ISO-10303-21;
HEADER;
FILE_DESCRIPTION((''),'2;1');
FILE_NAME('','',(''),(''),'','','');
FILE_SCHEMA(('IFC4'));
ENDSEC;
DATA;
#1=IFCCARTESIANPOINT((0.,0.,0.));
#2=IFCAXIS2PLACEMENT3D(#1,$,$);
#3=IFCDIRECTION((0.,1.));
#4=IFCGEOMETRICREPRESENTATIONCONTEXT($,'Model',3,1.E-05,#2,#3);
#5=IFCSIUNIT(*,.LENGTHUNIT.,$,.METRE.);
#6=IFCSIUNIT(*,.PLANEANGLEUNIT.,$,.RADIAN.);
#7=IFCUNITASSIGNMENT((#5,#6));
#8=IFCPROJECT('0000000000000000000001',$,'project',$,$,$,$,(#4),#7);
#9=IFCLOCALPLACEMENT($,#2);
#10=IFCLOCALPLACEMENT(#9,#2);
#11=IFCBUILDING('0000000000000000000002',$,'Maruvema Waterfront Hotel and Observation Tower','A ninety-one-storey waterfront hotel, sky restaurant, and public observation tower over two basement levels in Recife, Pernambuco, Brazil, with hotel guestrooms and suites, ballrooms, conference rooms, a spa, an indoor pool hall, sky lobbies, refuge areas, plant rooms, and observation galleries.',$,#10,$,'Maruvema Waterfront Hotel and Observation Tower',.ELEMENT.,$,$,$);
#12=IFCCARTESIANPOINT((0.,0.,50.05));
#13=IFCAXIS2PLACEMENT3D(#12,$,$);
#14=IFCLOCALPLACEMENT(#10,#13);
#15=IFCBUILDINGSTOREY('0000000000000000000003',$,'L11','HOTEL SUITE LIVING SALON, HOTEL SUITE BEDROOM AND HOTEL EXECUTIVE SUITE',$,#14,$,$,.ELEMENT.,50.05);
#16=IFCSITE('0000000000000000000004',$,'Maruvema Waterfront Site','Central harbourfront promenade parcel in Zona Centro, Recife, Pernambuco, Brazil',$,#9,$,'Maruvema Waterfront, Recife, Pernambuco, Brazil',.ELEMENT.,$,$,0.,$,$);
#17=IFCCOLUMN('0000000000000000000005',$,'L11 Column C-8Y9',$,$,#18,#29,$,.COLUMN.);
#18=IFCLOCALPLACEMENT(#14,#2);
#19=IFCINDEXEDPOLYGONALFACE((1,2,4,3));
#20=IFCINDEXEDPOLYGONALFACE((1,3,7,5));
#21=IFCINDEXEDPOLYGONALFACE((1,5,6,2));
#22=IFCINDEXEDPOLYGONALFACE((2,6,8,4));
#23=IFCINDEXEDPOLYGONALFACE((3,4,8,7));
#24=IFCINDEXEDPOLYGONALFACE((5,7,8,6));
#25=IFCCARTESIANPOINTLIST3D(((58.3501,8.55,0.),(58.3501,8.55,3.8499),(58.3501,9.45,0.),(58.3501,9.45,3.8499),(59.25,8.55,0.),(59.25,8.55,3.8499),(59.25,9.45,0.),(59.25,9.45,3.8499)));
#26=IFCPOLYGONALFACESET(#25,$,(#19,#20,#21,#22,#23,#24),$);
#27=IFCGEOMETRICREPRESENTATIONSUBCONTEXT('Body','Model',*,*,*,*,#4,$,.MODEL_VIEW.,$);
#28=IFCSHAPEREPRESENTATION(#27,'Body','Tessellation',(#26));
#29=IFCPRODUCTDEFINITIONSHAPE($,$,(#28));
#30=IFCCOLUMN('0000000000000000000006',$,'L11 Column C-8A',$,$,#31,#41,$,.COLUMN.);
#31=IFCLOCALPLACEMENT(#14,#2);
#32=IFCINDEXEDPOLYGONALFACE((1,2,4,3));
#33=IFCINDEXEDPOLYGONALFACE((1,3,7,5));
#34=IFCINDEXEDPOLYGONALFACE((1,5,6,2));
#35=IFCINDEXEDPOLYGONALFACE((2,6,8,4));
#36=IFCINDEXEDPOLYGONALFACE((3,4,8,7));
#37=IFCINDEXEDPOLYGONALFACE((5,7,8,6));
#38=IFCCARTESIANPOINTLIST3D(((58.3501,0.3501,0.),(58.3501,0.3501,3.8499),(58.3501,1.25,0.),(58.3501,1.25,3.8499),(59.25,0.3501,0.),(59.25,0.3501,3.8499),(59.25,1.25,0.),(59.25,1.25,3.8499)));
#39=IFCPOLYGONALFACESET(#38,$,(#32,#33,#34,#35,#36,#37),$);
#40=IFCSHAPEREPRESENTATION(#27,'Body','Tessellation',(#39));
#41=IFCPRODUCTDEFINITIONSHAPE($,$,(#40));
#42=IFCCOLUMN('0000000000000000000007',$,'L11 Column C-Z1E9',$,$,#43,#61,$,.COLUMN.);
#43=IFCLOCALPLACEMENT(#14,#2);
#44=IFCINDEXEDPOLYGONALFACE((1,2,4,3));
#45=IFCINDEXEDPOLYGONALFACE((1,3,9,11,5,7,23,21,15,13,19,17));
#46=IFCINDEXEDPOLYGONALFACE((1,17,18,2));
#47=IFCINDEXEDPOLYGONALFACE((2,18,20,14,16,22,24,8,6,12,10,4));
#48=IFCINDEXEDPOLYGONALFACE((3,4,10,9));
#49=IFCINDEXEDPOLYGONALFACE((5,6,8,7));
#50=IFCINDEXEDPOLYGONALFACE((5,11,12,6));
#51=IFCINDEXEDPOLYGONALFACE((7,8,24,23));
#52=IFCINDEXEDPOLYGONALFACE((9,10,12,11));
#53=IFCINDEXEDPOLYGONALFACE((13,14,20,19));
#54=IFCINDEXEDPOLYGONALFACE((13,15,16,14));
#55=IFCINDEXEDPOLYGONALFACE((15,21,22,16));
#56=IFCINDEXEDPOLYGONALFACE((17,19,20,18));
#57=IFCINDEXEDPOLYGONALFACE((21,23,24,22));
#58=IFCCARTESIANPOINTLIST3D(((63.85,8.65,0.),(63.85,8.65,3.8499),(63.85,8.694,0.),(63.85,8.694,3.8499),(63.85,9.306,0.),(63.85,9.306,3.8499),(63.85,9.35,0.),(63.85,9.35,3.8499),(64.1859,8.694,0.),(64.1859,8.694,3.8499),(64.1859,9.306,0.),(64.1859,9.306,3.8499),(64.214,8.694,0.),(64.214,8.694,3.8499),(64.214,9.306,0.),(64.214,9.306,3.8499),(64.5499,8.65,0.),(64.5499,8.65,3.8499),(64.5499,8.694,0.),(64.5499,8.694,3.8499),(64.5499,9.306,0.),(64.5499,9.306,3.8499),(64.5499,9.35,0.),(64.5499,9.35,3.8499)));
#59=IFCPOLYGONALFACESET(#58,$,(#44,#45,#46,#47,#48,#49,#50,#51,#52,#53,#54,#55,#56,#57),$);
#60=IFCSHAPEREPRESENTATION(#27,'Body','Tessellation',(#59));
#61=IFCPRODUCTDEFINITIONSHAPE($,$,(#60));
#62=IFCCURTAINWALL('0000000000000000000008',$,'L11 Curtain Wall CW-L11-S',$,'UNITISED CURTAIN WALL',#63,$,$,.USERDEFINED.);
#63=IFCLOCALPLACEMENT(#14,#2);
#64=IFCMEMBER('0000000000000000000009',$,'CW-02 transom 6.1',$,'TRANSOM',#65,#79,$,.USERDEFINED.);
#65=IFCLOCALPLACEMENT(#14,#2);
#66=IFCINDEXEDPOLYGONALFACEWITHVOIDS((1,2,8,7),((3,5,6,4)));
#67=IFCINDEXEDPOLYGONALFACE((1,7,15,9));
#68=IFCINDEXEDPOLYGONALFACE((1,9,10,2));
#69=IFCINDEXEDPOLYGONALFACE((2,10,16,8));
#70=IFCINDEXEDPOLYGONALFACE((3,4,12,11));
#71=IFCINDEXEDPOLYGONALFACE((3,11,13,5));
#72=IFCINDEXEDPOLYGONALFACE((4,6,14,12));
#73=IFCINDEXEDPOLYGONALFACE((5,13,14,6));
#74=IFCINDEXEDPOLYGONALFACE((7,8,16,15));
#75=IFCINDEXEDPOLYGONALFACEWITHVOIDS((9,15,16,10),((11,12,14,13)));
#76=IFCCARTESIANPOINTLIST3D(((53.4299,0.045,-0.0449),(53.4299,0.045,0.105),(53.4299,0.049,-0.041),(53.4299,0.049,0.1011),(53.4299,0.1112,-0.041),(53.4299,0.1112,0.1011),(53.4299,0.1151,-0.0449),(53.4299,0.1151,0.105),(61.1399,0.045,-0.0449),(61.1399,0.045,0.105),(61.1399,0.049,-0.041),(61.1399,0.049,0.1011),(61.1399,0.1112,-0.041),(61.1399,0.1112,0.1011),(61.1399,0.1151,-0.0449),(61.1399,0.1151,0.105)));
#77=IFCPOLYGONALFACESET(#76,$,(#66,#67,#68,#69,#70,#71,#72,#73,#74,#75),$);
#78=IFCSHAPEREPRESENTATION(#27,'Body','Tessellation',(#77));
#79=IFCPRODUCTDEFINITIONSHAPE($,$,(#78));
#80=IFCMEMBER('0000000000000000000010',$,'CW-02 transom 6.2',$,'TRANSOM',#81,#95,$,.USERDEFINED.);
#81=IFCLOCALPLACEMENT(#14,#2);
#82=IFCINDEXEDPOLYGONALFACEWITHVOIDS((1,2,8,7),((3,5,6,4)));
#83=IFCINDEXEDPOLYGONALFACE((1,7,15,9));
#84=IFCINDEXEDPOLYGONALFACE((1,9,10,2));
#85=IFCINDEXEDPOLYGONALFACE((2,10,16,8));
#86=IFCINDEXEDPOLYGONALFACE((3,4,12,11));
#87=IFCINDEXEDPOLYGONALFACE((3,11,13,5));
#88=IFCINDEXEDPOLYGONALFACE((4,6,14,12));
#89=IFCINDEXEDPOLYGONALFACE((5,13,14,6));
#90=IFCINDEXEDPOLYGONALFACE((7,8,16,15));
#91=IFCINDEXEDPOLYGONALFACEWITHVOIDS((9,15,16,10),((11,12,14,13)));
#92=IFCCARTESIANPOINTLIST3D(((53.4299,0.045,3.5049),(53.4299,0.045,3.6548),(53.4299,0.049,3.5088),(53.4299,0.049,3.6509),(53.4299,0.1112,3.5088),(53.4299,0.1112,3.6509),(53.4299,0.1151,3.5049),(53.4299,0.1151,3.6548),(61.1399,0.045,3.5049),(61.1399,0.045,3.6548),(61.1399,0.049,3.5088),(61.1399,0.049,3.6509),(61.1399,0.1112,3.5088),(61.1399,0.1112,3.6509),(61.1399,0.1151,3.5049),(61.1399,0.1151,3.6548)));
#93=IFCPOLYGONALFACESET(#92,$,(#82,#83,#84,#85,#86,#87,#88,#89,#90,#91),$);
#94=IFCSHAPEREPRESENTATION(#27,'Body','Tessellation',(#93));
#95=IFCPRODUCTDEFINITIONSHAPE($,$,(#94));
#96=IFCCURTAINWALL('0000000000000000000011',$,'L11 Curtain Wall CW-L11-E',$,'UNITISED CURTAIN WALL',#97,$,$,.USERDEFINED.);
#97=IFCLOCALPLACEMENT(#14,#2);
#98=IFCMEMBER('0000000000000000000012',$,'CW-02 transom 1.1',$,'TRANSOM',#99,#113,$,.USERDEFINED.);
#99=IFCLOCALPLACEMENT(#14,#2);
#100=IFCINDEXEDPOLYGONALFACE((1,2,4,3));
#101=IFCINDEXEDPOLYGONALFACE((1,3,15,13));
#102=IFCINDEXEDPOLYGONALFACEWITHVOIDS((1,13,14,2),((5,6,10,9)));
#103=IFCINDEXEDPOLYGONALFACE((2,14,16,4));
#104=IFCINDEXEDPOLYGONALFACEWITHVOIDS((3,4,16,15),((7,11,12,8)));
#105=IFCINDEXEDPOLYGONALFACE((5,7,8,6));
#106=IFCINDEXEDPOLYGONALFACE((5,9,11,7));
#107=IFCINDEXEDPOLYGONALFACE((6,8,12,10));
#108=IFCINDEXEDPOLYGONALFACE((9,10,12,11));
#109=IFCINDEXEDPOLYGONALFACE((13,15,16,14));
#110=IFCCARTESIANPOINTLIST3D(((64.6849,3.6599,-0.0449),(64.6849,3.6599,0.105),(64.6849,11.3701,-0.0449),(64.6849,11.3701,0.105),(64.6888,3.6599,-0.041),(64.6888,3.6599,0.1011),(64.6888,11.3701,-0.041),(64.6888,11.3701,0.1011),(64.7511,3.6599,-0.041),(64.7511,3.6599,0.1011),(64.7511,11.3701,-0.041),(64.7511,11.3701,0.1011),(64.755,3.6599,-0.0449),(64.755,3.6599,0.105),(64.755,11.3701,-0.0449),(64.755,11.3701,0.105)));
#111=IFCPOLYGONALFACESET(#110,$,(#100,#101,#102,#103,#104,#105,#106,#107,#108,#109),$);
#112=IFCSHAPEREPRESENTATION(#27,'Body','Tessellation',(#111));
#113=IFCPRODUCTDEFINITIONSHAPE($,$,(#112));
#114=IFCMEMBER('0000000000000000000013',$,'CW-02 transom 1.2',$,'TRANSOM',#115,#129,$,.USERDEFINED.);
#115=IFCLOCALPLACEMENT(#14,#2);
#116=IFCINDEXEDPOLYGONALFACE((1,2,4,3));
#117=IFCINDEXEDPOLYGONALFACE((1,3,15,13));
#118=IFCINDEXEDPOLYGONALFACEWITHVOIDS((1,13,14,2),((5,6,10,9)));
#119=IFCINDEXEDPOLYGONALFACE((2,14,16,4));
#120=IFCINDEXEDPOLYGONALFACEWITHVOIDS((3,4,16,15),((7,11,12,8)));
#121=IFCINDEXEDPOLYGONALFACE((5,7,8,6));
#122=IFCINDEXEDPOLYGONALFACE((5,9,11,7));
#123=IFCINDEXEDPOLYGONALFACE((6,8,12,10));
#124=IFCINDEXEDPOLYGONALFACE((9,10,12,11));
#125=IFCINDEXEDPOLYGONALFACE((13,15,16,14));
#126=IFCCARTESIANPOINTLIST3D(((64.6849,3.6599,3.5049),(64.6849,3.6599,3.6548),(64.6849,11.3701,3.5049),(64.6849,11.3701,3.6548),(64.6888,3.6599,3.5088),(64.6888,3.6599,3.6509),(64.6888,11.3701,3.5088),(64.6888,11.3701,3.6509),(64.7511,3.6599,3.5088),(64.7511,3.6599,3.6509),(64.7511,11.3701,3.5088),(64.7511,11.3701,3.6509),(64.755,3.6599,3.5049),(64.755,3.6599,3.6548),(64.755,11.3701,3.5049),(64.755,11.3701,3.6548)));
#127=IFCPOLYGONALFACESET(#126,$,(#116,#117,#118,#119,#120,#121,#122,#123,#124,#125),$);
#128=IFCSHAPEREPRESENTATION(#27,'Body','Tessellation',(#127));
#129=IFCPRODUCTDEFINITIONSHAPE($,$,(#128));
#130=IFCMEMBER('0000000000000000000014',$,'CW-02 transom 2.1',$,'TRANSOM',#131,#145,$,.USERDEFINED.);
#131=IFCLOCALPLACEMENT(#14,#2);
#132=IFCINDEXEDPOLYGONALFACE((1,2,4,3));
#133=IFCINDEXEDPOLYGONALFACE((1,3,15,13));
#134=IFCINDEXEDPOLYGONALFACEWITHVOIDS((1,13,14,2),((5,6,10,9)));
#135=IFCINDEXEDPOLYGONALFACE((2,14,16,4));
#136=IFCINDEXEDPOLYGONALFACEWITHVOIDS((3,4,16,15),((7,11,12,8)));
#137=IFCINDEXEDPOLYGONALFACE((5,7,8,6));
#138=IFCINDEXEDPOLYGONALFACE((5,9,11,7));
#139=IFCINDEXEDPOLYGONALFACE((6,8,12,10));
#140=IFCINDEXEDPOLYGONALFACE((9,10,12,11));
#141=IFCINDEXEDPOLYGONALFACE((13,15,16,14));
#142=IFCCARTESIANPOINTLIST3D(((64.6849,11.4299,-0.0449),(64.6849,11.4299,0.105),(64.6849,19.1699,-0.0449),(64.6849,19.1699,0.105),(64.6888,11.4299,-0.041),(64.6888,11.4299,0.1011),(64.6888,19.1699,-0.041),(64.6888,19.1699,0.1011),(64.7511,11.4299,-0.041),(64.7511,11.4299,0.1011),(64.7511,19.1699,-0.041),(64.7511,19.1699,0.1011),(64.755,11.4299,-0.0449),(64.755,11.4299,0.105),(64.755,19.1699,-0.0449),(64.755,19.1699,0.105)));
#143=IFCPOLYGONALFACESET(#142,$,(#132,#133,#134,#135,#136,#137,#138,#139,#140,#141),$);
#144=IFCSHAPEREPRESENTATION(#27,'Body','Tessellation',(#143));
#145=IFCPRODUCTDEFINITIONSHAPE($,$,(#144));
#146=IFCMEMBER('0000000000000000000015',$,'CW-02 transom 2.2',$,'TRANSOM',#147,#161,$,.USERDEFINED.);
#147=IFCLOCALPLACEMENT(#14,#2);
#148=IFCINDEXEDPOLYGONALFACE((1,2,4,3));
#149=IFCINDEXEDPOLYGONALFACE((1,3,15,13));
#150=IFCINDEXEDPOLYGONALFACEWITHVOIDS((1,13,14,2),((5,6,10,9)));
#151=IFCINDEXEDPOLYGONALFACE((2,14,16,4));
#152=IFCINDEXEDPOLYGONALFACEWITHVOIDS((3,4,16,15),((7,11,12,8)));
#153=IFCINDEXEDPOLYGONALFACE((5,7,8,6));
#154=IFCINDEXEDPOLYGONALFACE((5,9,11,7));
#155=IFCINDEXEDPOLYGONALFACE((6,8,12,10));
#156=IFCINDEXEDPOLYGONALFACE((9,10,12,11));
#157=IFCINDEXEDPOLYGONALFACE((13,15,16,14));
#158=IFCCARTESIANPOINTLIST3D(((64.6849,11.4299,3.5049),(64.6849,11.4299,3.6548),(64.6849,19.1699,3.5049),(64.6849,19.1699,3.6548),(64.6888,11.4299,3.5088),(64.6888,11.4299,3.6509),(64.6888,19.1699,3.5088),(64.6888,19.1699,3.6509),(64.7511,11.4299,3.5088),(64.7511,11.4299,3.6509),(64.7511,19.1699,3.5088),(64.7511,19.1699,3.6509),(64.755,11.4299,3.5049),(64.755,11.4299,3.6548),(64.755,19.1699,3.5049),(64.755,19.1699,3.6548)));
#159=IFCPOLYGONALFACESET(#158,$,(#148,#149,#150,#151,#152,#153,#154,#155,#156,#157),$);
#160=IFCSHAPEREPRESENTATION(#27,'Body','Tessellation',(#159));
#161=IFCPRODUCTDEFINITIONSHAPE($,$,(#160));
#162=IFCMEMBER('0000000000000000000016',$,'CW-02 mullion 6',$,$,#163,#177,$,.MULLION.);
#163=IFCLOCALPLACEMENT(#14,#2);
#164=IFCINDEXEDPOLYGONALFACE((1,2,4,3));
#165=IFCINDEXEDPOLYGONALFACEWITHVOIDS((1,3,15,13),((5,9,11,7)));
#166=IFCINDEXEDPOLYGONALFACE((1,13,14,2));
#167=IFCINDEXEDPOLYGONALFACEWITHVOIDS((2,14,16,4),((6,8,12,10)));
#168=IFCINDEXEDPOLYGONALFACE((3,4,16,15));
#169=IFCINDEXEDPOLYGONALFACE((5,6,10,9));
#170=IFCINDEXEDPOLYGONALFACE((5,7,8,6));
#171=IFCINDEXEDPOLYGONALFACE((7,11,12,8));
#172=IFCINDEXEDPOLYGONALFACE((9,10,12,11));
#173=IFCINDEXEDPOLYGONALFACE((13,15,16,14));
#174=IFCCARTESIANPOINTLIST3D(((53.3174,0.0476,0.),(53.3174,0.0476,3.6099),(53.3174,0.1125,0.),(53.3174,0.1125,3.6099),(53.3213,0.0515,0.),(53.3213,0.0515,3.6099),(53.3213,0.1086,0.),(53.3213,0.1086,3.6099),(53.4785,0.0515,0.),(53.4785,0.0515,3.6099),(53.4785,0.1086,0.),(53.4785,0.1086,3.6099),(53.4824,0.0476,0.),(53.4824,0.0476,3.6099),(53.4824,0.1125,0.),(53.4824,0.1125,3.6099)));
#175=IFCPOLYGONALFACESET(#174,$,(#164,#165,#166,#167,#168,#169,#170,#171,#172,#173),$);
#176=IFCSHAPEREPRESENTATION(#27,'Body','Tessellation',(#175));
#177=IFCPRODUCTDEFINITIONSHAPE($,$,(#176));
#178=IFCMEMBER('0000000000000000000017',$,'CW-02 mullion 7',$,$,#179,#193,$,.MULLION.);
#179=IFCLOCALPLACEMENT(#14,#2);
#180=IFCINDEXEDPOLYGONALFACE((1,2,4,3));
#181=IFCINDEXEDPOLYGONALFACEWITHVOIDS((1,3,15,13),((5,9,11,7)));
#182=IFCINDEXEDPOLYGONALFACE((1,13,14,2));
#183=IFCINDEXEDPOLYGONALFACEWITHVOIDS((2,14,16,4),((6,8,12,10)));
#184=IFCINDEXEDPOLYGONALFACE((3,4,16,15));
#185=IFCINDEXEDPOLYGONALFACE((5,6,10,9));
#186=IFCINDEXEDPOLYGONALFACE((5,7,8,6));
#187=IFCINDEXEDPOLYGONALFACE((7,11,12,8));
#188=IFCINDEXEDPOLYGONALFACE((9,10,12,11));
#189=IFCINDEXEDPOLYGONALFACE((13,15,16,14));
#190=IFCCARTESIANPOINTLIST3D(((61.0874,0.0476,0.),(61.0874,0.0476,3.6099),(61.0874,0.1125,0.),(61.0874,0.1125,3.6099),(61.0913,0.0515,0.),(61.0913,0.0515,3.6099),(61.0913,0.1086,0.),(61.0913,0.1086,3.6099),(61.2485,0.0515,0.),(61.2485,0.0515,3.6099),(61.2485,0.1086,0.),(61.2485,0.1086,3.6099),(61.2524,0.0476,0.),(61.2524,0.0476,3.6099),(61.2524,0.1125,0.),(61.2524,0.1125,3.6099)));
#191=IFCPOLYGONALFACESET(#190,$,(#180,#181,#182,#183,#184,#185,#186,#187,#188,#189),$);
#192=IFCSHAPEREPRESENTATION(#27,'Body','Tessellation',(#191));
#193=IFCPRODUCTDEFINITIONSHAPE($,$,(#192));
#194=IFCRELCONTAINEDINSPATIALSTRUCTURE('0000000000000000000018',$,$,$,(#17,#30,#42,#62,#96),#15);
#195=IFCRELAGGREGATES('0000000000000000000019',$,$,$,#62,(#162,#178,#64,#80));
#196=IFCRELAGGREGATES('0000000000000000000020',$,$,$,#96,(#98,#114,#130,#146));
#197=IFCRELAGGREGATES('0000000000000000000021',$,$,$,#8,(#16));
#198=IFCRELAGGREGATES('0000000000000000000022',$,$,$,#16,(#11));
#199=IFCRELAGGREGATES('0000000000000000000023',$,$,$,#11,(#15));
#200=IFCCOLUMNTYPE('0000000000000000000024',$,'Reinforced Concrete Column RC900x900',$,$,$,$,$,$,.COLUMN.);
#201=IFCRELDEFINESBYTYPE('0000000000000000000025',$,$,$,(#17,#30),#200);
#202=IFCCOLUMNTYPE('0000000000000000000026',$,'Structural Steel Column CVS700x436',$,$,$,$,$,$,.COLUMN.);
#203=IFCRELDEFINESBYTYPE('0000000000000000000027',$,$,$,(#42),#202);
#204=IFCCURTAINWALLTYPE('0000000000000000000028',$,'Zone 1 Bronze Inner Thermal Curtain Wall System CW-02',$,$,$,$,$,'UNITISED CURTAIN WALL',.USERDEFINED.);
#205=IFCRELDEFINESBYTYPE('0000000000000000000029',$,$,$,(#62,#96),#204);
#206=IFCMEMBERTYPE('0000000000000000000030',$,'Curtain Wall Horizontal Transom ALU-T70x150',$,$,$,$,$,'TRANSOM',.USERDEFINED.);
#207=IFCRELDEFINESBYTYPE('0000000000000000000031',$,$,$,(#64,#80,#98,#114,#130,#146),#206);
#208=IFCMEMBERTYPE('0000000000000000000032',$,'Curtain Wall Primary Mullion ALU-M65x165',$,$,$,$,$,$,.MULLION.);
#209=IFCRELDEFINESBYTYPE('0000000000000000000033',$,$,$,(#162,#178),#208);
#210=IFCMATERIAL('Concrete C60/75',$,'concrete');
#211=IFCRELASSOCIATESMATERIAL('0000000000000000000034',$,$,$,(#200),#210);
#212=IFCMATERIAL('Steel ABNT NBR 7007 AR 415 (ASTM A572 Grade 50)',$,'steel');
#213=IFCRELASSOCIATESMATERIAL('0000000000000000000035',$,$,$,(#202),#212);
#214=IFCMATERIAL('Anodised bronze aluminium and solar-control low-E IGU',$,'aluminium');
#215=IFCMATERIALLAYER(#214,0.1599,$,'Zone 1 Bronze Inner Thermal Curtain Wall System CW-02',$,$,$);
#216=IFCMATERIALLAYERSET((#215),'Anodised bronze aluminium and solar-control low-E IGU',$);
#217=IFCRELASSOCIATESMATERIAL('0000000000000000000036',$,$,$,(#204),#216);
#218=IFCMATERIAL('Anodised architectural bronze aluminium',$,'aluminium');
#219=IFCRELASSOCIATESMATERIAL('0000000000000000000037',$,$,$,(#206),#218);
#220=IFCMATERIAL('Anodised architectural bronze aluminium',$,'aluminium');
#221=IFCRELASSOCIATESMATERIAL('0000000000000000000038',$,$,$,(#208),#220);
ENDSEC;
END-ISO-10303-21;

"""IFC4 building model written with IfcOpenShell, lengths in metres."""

from ifc_helpers import new_model, si_unit, direction, frame, origin, origin_2d, place, context, subcontext, project, spatial, rectangle, hollow_rectangle, i_section, extrude, material, layer, layer_set, material_profile, profile_set, type_object, element, aggregate, save


model = new_model("IFC4")

# Units and contexts
model_context = context("Model", 3, precision=1e-05, world=origin(), true_north=direction((0.0, 1.0)))
body_context = subcontext(model_context, "Body", "Model", "MODEL_VIEW")
ifc_project = project(units=[si_unit("LENGTHUNIT", "METRE"), si_unit("PLANEANGLEUNIT", "RADIAN")], contexts=[model_context])

# Site, building, storey
site_placement = place(None, origin())
site = spatial("IfcSite", under=ifc_project, at=site_placement, Name="Maruvema Waterfront Site", Description="Central harbourfront promenade parcel in Zona Centro, Recife, Pernambuco, Brazil", LongName="Maruvema Waterfront, Recife, Pernambuco, Brazil", CompositionType="ELEMENT", RefElevation=0.0)
building_placement = place(site_placement, origin())
building = spatial("IfcBuilding", under=site, at=building_placement, Name="Maruvema Waterfront Hotel and Observation Tower", Description="A ninety-one-storey waterfront hotel, sky restaurant, and public observation tower over two basement levels in Recife, Pernambuco, Brazil, with hotel guestrooms and suites, ballrooms, conference rooms, a spa, an indoor pool hall, sky lobbies, refuge areas, plant rooms, and observation galleries.", LongName="Maruvema Waterfront Hotel and Observation Tower", CompositionType="ELEMENT")
storey_placement = place(building_placement, frame((0.0, 0.0, 50.05)))
storey = spatial("IfcBuildingStorey", under=building, at=storey_placement, Name="L11", Description="HOTEL SUITE LIVING SALON, HOTEL SUITE BEDROOM AND HOTEL EXECUTIVE SUITE", CompositionType="ELEMENT", Elevation=50.05)

# Columns
ifc_material_1 = material(Name="Concrete C60/75", Category="concrete")
ifc_material_profile_1 = material_profile(ifc_material_1, rectangle(XDim=0.8999, YDim=0.8999, at=origin_2d()), Name="RC900x900")
ifc_profile_set_1 = profile_set([ifc_material_profile_1], Name="Concrete C60/75")
column_type_1 = type_object("IfcColumnType", Name="Reinforced Concrete Column RC900x900", PredefinedType="COLUMN", material=ifc_profile_set_1)
for number, where, z_axis, x_axis, name in (
    (1, (58.8, 9.0, 0.0), (0.0, 0.0, 1.0), (1.0, 0.0, 0.0), "L11 Column C-8Y9"),
    (2, (58.8, 0.8, 0.0), (0.0, 0.0, 1.0), (1.0, 0.0, 0.0), "L11 Column C-8A"),
):
    element("IfcColumn", number, at=place(storey_placement, frame(where, z_axis=z_axis, x_axis=x_axis)), inside=storey, type_object=column_type_1, Name=name, PredefinedType="COLUMN", context=body_context, shape_type="SweptSolid", body=[
        extrude(rectangle(XDim=0.8999, YDim=0.8999, at=origin_2d()), origin(), (0.0, 0.0, 1.0), 3.8499),
    ])
ifc_material_2 = material(Name="Steel ABNT NBR 7007 AR 415 (ASTM A572 Grade 50)", Category="steel")
ifc_material_profile_2 = material_profile(ifc_material_2, i_section(OverallWidth=0.7, OverallDepth=0.7, WebThickness=0.0281, FlangeThickness=0.0439, at=origin_2d()), Name="CVS700x436")
ifc_profile_set_2 = profile_set([ifc_material_profile_2], Name="Steel ABNT NBR 7007 AR 415 (ASTM A572 Grade 50)")
column_type_2 = type_object("IfcColumnType", Name="Structural Steel Column CVS700x436", PredefinedType="COLUMN", material=ifc_profile_set_2)
column_placement = place(storey_placement, frame((64.2, 9.0, 0.0), z_axis=(0.0, 0.0, 1.0), x_axis=(1.0, 0.0, 0.0)))
element("IfcColumn", 3, at=column_placement, inside=storey, type_object=column_type_2, Name="L11 Column C-Z1E9", PredefinedType="COLUMN", context=body_context, shape_type="SweptSolid", body=[
    extrude(i_section(OverallWidth=0.7, OverallDepth=0.7, WebThickness=0.0281, FlangeThickness=0.0439, at=origin_2d()), origin(), (0.0, 0.0, 1.0), 3.8499),
])

# Curtain walls, members
ifc_material_3 = material(Name="Anodised bronze aluminium and solar-control low-E IGU", Category="aluminium")
ifc_layer_1 = layer(ifc_material_3, 0.1599, Name="Zone 1 Bronze Inner Thermal Curtain Wall System CW-02")
ifc_layer_set_1 = layer_set([ifc_layer_1], Name="Anodised bronze aluminium and solar-control low-E IGU")
curtain_wall_type = type_object("IfcCurtainWallType", Name="Zone 1 Bronze Inner Thermal Curtain Wall System CW-02", ElementType="UNITISED CURTAIN WALL", PredefinedType="USERDEFINED", material=ifc_layer_set_1)
curtain_wall_1_placement = place(storey_placement, origin())
curtain_wall_1 = element("IfcCurtainWall", 4, at=curtain_wall_1_placement, inside=storey, type_object=curtain_wall_type, Name="L11 Curtain Wall CW-L11-S", ObjectType="UNITISED CURTAIN WALL", PredefinedType="USERDEFINED")
ifc_material_4 = material(Name="Anodised architectural bronze aluminium", Category="aluminium")
ifc_material_profile_3 = material_profile(ifc_material_4, hollow_rectangle(XDim=0.0701, YDim=0.1499, WallThickness=0.0039, at=origin_2d()), Name="ALU-T70x150")
ifc_profile_set_3 = profile_set([ifc_material_profile_3], Name="Anodised architectural bronze aluminium")
member_type_1 = type_object("IfcMemberType", Name="Curtain Wall Horizontal Transom ALU-T70x150", ElementType="TRANSOM", PredefinedType="USERDEFINED", material=ifc_profile_set_3)
member_1_placement = place(storey_placement, frame((53.4299, 0.0801, 0.03), z_axis=(1.0, 0.0, 0.0), x_axis=(0.0, 1.0, 0.0)))
member_1 = element("IfcMember", 5, at=member_1_placement, type_object=member_type_1, Name="CW-02 transom 6.1", ObjectType="TRANSOM", PredefinedType="USERDEFINED", context=body_context, shape_type="SweptSolid", body=[
    extrude(hollow_rectangle(XDim=0.0701, YDim=0.1499, WallThickness=0.0039, at=origin_2d()), origin(), (0.0, 0.0, 1.0), 7.71),
])
member_2_placement = place(storey_placement, frame((53.4299, 0.0801, 3.5798), z_axis=(1.0, 0.0, 0.0), x_axis=(0.0, 1.0, 0.0)))
member_2 = element("IfcMember", 6, at=member_2_placement, type_object=member_type_1, Name="CW-02 transom 6.2", ObjectType="TRANSOM", PredefinedType="USERDEFINED", context=body_context, shape_type="SweptSolid", body=[
    extrude(hollow_rectangle(XDim=0.0701, YDim=0.1499, WallThickness=0.0039, at=origin_2d()), origin(), (0.0, 0.0, 1.0), 7.71),
])
curtain_wall_2_placement = place(storey_placement, origin())
curtain_wall_2 = element("IfcCurtainWall", 7, at=curtain_wall_2_placement, inside=storey, type_object=curtain_wall_type, Name="L11 Curtain Wall CW-L11-E", ObjectType="UNITISED CURTAIN WALL", PredefinedType="USERDEFINED")
member_3_placement = place(storey_placement, frame((64.72, 3.6599, 0.03), z_axis=(0.0, 1.0, 0.0), x_axis=(-1.0, 0.0, 0.0)))
member_3 = element("IfcMember", 8, at=member_3_placement, type_object=member_type_1, Name="CW-02 transom 1.1", ObjectType="TRANSOM", PredefinedType="USERDEFINED", context=body_context, shape_type="SweptSolid", body=[
    extrude(hollow_rectangle(XDim=0.0701, YDim=0.1499, WallThickness=0.0039, at=origin_2d()), origin(), (0.0, 0.0, 1.0), 7.7102),
])
member_4_placement = place(storey_placement, frame((64.72, 3.6599, 3.5798), z_axis=(0.0, 1.0, 0.0), x_axis=(-1.0, 0.0, 0.0)))
member_4 = element("IfcMember", 9, at=member_4_placement, type_object=member_type_1, Name="CW-02 transom 1.2", ObjectType="TRANSOM", PredefinedType="USERDEFINED", context=body_context, shape_type="SweptSolid", body=[
    extrude(hollow_rectangle(XDim=0.0701, YDim=0.1499, WallThickness=0.0039, at=origin_2d()), origin(), (0.0, 0.0, 1.0), 7.7102),
])
member_5_placement = place(storey_placement, frame((64.72, 11.4299, 0.03), z_axis=(0.0, 1.0, 0.0), x_axis=(-1.0, 0.0, 0.0)))
member_5 = element("IfcMember", 10, at=member_5_placement, type_object=member_type_1, Name="CW-02 transom 2.1", ObjectType="TRANSOM", PredefinedType="USERDEFINED", context=body_context, shape_type="SweptSolid", body=[
    extrude(hollow_rectangle(XDim=0.0701, YDim=0.1499, WallThickness=0.0039, at=origin_2d()), origin(), (0.0, 0.0, 1.0), 7.74),
])
member_6_placement = place(storey_placement, frame((64.72, 11.4299, 3.5798), z_axis=(0.0, 1.0, 0.0), x_axis=(-1.0, 0.0, 0.0)))
member_6 = element("IfcMember", 11, at=member_6_placement, type_object=member_type_1, Name="CW-02 transom 2.2", ObjectType="TRANSOM", PredefinedType="USERDEFINED", context=body_context, shape_type="SweptSolid", body=[
    extrude(hollow_rectangle(XDim=0.0701, YDim=0.1499, WallThickness=0.0039, at=origin_2d()), origin(), (0.0, 0.0, 1.0), 7.74),
])

# Members
ifc_material_5 = material(Name="Anodised architectural bronze aluminium", Category="aluminium")
ifc_material_profile_4 = material_profile(ifc_material_5, hollow_rectangle(XDim=0.0649, YDim=0.165, WallThickness=0.0039, at=origin_2d()), Name="ALU-M65x165")
ifc_profile_set_4 = profile_set([ifc_material_profile_4], Name="Anodised architectural bronze aluminium")
member_type_2 = type_object("IfcMemberType", Name="Curtain Wall Primary Mullion ALU-M65x165", PredefinedType="MULLION", material=ifc_profile_set_4)
member_7_placement = place(storey_placement, frame((53.3999, 0.0801, 0.0), z_axis=(0.0, 0.0, 1.0), x_axis=(0.0, 1.0, 0.0)))
member_7 = element("IfcMember", 12, at=member_7_placement, type_object=member_type_2, Name="CW-02 mullion 6", PredefinedType="MULLION", context=body_context, shape_type="SweptSolid", body=[
    extrude(hollow_rectangle(XDim=0.0649, YDim=0.165, WallThickness=0.0039, at=origin_2d()), origin(), (0.0, 0.0, 1.0), 3.6099),
])
member_8_placement = place(storey_placement, frame((61.1699, 0.0801, 0.0), z_axis=(0.0, 0.0, 1.0), x_axis=(0.0, 1.0, 0.0)))
member_8 = element("IfcMember", 13, at=member_8_placement, type_object=member_type_2, Name="CW-02 mullion 7", PredefinedType="MULLION", context=body_context, shape_type="SweptSolid", body=[
    extrude(hollow_rectangle(XDim=0.0649, YDim=0.165, WallThickness=0.0039, at=origin_2d()), origin(), (0.0, 0.0, 1.0), 3.6099),
])

aggregate(curtain_wall_1, [member_7, member_8, member_1, member_2])
aggregate(curtain_wall_2, [member_3, member_4, member_5, member_6])

save(model, "model.ifc")
